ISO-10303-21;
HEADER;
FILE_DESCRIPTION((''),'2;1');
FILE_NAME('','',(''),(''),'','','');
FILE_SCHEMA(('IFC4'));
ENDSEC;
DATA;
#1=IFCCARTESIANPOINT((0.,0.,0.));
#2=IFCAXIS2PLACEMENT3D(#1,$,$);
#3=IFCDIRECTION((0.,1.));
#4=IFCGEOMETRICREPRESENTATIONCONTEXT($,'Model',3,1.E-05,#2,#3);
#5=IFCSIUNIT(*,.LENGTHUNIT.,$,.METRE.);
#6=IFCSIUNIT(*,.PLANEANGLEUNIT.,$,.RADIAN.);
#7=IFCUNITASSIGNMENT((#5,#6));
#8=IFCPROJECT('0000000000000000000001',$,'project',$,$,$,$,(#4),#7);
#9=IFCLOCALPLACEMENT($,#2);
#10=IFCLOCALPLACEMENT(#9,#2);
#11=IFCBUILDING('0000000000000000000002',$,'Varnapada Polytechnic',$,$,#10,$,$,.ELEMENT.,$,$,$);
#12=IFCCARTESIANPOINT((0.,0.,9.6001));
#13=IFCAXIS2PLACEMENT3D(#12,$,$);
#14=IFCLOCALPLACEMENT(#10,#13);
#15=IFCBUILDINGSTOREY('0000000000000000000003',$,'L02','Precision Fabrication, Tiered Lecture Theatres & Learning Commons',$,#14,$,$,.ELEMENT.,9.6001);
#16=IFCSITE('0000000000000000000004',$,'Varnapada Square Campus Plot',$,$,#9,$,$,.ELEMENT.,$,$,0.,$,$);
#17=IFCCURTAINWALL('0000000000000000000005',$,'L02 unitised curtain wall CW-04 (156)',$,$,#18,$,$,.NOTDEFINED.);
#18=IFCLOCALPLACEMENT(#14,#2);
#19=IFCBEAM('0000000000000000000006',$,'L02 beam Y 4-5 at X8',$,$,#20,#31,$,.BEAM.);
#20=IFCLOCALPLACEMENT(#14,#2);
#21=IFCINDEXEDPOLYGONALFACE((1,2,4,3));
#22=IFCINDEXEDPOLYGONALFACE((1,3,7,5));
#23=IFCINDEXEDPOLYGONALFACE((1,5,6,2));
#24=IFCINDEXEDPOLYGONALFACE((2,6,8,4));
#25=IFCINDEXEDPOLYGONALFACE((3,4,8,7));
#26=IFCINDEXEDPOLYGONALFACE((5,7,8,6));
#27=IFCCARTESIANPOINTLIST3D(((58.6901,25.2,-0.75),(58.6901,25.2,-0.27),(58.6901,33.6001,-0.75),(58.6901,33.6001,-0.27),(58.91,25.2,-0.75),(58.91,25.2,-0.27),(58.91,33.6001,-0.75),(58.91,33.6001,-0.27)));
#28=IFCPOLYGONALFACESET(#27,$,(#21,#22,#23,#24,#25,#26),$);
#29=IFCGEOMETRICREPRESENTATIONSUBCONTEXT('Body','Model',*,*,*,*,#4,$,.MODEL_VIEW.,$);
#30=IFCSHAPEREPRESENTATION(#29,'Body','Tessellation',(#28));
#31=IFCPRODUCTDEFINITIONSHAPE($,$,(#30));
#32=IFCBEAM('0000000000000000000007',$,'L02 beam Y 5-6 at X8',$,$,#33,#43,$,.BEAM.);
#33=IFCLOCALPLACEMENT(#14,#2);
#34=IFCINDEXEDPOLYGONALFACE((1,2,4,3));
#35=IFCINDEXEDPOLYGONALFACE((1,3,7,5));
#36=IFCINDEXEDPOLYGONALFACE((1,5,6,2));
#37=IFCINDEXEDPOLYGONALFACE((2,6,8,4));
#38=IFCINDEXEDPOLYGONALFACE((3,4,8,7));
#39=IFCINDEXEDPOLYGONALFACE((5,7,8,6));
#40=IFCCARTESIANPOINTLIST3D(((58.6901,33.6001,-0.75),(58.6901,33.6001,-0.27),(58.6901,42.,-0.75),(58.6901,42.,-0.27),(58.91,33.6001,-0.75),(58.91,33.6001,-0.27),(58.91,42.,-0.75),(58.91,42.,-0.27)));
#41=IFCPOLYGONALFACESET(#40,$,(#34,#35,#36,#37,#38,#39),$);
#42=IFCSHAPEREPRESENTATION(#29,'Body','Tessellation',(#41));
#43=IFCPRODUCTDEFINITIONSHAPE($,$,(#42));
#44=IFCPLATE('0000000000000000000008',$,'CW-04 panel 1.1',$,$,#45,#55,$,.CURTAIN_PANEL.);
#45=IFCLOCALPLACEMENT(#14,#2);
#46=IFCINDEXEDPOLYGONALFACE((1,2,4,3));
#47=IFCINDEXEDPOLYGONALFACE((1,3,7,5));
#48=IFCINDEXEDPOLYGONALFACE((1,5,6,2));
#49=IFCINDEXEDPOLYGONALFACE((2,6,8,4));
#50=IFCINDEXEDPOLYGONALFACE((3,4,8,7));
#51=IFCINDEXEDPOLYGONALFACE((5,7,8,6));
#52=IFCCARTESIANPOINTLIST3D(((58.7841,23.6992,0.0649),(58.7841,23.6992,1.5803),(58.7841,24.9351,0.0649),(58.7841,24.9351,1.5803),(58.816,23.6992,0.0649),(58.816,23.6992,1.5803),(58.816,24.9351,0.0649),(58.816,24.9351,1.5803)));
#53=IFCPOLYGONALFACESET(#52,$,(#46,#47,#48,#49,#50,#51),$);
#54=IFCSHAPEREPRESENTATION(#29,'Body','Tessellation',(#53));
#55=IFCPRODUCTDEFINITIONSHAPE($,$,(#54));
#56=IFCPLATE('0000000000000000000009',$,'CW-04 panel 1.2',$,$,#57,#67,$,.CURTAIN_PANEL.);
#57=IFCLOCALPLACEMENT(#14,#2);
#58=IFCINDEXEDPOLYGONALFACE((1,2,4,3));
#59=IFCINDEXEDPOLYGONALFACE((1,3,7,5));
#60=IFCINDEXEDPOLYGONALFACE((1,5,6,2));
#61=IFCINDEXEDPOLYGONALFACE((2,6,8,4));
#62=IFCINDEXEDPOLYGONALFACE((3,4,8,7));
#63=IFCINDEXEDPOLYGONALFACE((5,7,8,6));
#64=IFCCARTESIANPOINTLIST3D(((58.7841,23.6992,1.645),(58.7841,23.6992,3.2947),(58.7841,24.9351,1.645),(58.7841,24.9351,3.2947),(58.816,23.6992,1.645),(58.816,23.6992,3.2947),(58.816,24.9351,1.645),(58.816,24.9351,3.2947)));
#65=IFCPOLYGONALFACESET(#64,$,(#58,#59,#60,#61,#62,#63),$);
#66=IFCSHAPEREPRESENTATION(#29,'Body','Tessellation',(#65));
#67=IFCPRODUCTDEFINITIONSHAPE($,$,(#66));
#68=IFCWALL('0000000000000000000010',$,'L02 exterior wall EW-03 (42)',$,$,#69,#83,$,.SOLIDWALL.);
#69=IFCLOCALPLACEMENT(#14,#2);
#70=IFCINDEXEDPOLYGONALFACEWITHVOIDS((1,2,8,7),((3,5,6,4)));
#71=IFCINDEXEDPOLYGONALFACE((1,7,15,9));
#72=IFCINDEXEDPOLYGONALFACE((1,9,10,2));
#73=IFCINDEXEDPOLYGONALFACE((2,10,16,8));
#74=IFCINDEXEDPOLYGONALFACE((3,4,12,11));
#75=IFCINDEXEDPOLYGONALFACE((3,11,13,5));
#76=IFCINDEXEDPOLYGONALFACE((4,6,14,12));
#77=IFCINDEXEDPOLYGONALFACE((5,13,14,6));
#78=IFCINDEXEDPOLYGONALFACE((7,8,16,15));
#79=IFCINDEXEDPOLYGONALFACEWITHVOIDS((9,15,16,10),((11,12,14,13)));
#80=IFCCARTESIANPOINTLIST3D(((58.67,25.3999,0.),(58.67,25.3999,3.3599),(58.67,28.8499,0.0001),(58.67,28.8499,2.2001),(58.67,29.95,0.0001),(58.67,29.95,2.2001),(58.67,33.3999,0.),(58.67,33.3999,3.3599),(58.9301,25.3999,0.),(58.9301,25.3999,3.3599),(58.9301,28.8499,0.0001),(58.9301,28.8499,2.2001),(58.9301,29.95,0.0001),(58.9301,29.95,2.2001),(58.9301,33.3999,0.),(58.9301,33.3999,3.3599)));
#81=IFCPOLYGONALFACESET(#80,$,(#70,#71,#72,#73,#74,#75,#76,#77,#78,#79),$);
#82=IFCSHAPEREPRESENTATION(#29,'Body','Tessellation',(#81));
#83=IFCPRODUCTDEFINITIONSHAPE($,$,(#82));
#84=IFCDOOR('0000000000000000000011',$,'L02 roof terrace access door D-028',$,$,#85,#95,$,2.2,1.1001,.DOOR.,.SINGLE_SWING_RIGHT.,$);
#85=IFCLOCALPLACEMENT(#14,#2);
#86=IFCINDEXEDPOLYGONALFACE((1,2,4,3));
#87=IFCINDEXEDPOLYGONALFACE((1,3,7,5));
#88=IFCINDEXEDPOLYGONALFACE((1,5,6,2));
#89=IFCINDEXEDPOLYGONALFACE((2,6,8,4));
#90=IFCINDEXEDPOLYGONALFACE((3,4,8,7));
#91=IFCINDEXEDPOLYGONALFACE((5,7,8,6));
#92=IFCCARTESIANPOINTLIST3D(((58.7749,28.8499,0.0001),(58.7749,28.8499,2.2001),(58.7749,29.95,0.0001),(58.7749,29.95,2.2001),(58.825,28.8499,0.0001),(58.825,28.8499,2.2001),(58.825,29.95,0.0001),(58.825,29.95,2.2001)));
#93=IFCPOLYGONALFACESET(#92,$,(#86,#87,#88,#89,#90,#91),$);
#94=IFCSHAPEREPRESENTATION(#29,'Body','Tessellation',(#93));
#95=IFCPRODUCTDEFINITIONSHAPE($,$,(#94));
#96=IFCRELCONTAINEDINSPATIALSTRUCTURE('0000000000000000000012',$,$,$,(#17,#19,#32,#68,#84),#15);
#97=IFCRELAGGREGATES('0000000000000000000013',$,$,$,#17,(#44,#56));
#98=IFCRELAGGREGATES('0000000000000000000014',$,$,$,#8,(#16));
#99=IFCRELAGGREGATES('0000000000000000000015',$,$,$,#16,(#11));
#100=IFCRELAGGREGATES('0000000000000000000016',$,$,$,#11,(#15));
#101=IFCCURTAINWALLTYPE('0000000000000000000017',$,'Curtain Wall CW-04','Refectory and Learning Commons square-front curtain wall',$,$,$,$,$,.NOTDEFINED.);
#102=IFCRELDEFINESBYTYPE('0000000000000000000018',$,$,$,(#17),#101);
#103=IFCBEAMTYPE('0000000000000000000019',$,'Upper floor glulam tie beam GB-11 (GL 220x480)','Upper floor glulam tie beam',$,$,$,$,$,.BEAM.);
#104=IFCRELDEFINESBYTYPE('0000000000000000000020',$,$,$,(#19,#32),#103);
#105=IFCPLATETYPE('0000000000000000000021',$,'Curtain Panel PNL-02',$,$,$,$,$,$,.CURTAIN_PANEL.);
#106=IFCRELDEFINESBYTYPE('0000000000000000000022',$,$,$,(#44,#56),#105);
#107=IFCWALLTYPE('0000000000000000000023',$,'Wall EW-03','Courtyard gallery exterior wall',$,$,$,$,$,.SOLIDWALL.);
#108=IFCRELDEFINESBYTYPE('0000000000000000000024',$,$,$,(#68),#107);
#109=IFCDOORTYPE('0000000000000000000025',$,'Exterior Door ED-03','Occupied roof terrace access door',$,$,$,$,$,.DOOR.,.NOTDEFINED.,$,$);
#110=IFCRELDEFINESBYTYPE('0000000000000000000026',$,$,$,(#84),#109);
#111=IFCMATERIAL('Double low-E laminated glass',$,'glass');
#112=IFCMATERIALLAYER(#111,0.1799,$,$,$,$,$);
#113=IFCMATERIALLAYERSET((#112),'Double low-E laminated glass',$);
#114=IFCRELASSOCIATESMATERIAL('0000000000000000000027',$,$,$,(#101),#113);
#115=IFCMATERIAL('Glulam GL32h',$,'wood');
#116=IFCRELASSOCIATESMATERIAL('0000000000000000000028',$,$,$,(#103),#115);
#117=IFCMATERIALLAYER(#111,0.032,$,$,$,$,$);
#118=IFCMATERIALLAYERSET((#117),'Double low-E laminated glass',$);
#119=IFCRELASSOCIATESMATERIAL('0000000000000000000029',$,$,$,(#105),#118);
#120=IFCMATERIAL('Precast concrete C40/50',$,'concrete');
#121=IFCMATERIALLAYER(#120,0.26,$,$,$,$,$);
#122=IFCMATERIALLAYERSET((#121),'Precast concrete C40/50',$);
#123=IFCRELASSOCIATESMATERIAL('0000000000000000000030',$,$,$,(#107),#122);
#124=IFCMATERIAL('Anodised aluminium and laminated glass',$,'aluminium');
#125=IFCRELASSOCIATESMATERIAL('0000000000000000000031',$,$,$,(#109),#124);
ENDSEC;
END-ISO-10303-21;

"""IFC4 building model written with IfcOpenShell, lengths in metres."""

from ifc_helpers import new_model, si_unit, direction, frame, frame_2d, origin, origin_2d, place, context, subcontext, project, spatial, rectangle, extrude, material, layer, layer_set, material_profile, profile_set, type_object, element, fill, aggregate, save


model = new_model("IFC4")

# Units and contexts
model_context = context("Model", 3, precision=1e-05, world=origin(), true_north=direction((0.0, 1.0)))
body_context = subcontext(model_context, "Body", "Model", "MODEL_VIEW")
ifc_project = project(units=[si_unit("LENGTHUNIT", "METRE"), si_unit("PLANEANGLEUNIT", "RADIAN")], contexts=[model_context])

# Site, building, storey
site_placement = place(None, origin())
site = spatial("IfcSite", under=ifc_project, at=site_placement, Name="Varnapada Square Campus Plot", CompositionType="ELEMENT", RefElevation=0.0)
building_placement = place(site_placement, origin())
building = spatial("IfcBuilding", under=site, at=building_placement, Name="Varnapada Polytechnic", CompositionType="ELEMENT")
storey_placement = place(building_placement, frame((0.0, 0.0, 9.6001)))
storey = spatial("IfcBuildingStorey", under=building, at=storey_placement, Name="L02", Description="Precision Fabrication, Tiered Lecture Theatres & Learning Commons", CompositionType="ELEMENT", Elevation=9.6001)

# Shared definitions
ifc_material_1 = material(Name="Glulam GL32h", Category="wood")

# Curtain wall
ifc_material_2 = material(Name="Double low-E laminated glass", Category="glass")
ifc_layer_1 = layer(ifc_material_2, 0.1799)
ifc_layer_set_1 = layer_set([ifc_layer_1], Name="Double low-E laminated glass")
curtain_wall_type = type_object("IfcCurtainWallType", Name="Curtain Wall CW-04", Description="Refectory and Learning Commons square-front curtain wall", PredefinedType="NOTDEFINED", material=ifc_layer_set_1)
curtain_wall_placement = place(storey_placement, origin())
curtain_wall = element("IfcCurtainWall", 1, at=curtain_wall_placement, inside=storey, type_object=curtain_wall_type, Name="L02 unitised curtain wall CW-04 (156)", PredefinedType="NOTDEFINED")

# Beams
ifc_material_profile_1 = material_profile(ifc_material_1, rectangle(XDim=0.22, YDim=0.48, at=origin_2d()), Name="GL 220x480")
ifc_profile_set_1 = profile_set([ifc_material_profile_1], Name="Glulam GL32h")
beam_type_1 = type_object("IfcBeamType", Name="Upper floor glulam tie beam GB-11 (GL 220x480)", Description="Upper floor glulam tie beam", PredefinedType="BEAM", material=ifc_profile_set_1)
beam_1_placement = place(storey_placement, frame((58.8, 25.2, -0.51), z_axis=(0.0, 1.0, 0.0), x_axis=(-1.0, 0.0, 0.0)))
element("IfcBeam", 2, at=beam_1_placement, inside=storey, type_object=beam_type_1, Name="L02 beam Y 4-5 at X8", PredefinedType="BEAM", context=body_context, shape_type="SweptSolid", body=[
    extrude(rectangle(XDim=0.22, YDim=0.48, at=origin_2d()), origin(), (0.0, 0.0, 1.0), 8.4001),
])
beam_2_placement = place(storey_placement, frame((58.8, 33.6001, -0.51), z_axis=(0.0, 1.0, 0.0), x_axis=(-1.0, 0.0, 0.0)))
element("IfcBeam", 3, at=beam_2_placement, inside=storey, type_object=beam_type_1, Name="L02 beam Y 5-6 at X8", PredefinedType="BEAM", context=body_context, shape_type="SweptSolid", body=[
    extrude(rectangle(XDim=0.22, YDim=0.48, at=origin_2d()), origin(), (0.0, 0.0, 1.0), 8.3999),
])

# Plates
ifc_layer_2 = layer(ifc_material_2, 0.032)
ifc_layer_set_2 = layer_set([ifc_layer_2], Name="Double low-E laminated glass")
plate_type = type_object("IfcPlateType", Name="Curtain Panel PNL-02", PredefinedType="CURTAIN_PANEL", material=ifc_layer_set_2)
plate_1_placement = place(storey_placement, frame((58.8, 24.3171, 0.0649), z_axis=(0.0, 0.0, 1.0), x_axis=(0.0, -1.0, 0.0)))
plate_1 = element("IfcPlate", 4, at=plate_1_placement, type_object=plate_type, Name="CW-04 panel 1.1", PredefinedType="CURTAIN_PANEL", context=body_context, shape_type="SweptSolid", body=[
    extrude(rectangle(XDim=1.2358, YDim=0.032, at=origin_2d()), origin(), (0.0, 0.0, 1.0), 1.5154),
])
plate_2_placement = place(storey_placement, frame((58.8, 24.3171, 1.645), z_axis=(0.0, 0.0, 1.0), x_axis=(0.0, -1.0, 0.0)))
plate_2 = element("IfcPlate", 5, at=plate_2_placement, type_object=plate_type, Name="CW-04 panel 1.2", PredefinedType="CURTAIN_PANEL", context=body_context, shape_type="SweptSolid", body=[
    extrude(rectangle(XDim=1.2358, YDim=0.032, at=origin_2d()), origin(), (0.0, 0.0, 1.0), 1.6497),
])
aggregate(curtain_wall, [plate_1, plate_2])

# Wall, opening, door
ifc_material_3 = material(Name="Precast concrete C40/50", Category="concrete")
ifc_layer_3 = layer(ifc_material_3, 0.26)
ifc_layer_set_3 = layer_set([ifc_layer_3], Name="Precast concrete C40/50")
wall_type = type_object("IfcWallType", Name="Wall EW-03", Description="Courtyard gallery exterior wall", PredefinedType="SOLIDWALL", material=ifc_layer_set_3)
wall_placement = place(storey_placement, frame((58.8, 33.3999, 0.0), z_axis=(0.0, 0.0, 1.0), x_axis=(0.0, -1.0, 0.0)))
wall = element("IfcWall", 6, at=wall_placement, inside=storey, type_object=wall_type, Name="L02 exterior wall EW-03 (42)", PredefinedType="SOLIDWALL", context=body_context, shape_type="SweptSolid", body=[
    extrude(rectangle(XDim=8.0, YDim=0.26, at=frame_2d((4.0, 0.0))), origin(), (0.0, 0.0, 1.0), 3.3599),
])
opening_placement = place(wall_placement, frame((3.45, 0.0, 0.0)))
opening = element("IfcOpeningElement", 7, at=opening_placement, cuts=wall, PredefinedType="OPENING", context=body_context, shape_type="SweptSolid", body=[
    extrude(rectangle(XDim=1.1001, YDim=2.2, at=frame_2d((0.55, 1.1001))), frame((0.0, 0.1399, 0.0), z_axis=(0.0, -1.0, 0.0), x_axis=(1.0, 0.0, 0.0)), (0.0, 0.0, 1.0), 0.28),
])
ifc_material_4 = material(Name="Anodised aluminium and laminated glass", Category="aluminium")
door_type = type_object("IfcDoorType", Name="Exterior Door ED-03", Description="Occupied roof terrace access door", OperationType="NOTDEFINED", PredefinedType="DOOR", material=ifc_material_4)
door_placement = place(opening_placement, origin())
door = element("IfcDoor", 8, at=door_placement, inside=storey, type_object=door_type, Name="L02 roof terrace access door D-028", OperationType="SINGLE_SWING_RIGHT", OverallHeight=2.2, OverallWidth=1.1001, PredefinedType="DOOR", context=body_context, shape_type="SweptSolid", body=[
    extrude(rectangle(XDim=1.1001, YDim=2.2, at=frame_2d((0.55, 1.1001))), frame((0.0, 0.0249, 0.0), z_axis=(0.0, -1.0, 0.0), x_axis=(1.0, 0.0, 0.0)), (0.0, 0.0, 1.0), 0.05),
])
fill(opening, door)

save(model, "model.ifc")
